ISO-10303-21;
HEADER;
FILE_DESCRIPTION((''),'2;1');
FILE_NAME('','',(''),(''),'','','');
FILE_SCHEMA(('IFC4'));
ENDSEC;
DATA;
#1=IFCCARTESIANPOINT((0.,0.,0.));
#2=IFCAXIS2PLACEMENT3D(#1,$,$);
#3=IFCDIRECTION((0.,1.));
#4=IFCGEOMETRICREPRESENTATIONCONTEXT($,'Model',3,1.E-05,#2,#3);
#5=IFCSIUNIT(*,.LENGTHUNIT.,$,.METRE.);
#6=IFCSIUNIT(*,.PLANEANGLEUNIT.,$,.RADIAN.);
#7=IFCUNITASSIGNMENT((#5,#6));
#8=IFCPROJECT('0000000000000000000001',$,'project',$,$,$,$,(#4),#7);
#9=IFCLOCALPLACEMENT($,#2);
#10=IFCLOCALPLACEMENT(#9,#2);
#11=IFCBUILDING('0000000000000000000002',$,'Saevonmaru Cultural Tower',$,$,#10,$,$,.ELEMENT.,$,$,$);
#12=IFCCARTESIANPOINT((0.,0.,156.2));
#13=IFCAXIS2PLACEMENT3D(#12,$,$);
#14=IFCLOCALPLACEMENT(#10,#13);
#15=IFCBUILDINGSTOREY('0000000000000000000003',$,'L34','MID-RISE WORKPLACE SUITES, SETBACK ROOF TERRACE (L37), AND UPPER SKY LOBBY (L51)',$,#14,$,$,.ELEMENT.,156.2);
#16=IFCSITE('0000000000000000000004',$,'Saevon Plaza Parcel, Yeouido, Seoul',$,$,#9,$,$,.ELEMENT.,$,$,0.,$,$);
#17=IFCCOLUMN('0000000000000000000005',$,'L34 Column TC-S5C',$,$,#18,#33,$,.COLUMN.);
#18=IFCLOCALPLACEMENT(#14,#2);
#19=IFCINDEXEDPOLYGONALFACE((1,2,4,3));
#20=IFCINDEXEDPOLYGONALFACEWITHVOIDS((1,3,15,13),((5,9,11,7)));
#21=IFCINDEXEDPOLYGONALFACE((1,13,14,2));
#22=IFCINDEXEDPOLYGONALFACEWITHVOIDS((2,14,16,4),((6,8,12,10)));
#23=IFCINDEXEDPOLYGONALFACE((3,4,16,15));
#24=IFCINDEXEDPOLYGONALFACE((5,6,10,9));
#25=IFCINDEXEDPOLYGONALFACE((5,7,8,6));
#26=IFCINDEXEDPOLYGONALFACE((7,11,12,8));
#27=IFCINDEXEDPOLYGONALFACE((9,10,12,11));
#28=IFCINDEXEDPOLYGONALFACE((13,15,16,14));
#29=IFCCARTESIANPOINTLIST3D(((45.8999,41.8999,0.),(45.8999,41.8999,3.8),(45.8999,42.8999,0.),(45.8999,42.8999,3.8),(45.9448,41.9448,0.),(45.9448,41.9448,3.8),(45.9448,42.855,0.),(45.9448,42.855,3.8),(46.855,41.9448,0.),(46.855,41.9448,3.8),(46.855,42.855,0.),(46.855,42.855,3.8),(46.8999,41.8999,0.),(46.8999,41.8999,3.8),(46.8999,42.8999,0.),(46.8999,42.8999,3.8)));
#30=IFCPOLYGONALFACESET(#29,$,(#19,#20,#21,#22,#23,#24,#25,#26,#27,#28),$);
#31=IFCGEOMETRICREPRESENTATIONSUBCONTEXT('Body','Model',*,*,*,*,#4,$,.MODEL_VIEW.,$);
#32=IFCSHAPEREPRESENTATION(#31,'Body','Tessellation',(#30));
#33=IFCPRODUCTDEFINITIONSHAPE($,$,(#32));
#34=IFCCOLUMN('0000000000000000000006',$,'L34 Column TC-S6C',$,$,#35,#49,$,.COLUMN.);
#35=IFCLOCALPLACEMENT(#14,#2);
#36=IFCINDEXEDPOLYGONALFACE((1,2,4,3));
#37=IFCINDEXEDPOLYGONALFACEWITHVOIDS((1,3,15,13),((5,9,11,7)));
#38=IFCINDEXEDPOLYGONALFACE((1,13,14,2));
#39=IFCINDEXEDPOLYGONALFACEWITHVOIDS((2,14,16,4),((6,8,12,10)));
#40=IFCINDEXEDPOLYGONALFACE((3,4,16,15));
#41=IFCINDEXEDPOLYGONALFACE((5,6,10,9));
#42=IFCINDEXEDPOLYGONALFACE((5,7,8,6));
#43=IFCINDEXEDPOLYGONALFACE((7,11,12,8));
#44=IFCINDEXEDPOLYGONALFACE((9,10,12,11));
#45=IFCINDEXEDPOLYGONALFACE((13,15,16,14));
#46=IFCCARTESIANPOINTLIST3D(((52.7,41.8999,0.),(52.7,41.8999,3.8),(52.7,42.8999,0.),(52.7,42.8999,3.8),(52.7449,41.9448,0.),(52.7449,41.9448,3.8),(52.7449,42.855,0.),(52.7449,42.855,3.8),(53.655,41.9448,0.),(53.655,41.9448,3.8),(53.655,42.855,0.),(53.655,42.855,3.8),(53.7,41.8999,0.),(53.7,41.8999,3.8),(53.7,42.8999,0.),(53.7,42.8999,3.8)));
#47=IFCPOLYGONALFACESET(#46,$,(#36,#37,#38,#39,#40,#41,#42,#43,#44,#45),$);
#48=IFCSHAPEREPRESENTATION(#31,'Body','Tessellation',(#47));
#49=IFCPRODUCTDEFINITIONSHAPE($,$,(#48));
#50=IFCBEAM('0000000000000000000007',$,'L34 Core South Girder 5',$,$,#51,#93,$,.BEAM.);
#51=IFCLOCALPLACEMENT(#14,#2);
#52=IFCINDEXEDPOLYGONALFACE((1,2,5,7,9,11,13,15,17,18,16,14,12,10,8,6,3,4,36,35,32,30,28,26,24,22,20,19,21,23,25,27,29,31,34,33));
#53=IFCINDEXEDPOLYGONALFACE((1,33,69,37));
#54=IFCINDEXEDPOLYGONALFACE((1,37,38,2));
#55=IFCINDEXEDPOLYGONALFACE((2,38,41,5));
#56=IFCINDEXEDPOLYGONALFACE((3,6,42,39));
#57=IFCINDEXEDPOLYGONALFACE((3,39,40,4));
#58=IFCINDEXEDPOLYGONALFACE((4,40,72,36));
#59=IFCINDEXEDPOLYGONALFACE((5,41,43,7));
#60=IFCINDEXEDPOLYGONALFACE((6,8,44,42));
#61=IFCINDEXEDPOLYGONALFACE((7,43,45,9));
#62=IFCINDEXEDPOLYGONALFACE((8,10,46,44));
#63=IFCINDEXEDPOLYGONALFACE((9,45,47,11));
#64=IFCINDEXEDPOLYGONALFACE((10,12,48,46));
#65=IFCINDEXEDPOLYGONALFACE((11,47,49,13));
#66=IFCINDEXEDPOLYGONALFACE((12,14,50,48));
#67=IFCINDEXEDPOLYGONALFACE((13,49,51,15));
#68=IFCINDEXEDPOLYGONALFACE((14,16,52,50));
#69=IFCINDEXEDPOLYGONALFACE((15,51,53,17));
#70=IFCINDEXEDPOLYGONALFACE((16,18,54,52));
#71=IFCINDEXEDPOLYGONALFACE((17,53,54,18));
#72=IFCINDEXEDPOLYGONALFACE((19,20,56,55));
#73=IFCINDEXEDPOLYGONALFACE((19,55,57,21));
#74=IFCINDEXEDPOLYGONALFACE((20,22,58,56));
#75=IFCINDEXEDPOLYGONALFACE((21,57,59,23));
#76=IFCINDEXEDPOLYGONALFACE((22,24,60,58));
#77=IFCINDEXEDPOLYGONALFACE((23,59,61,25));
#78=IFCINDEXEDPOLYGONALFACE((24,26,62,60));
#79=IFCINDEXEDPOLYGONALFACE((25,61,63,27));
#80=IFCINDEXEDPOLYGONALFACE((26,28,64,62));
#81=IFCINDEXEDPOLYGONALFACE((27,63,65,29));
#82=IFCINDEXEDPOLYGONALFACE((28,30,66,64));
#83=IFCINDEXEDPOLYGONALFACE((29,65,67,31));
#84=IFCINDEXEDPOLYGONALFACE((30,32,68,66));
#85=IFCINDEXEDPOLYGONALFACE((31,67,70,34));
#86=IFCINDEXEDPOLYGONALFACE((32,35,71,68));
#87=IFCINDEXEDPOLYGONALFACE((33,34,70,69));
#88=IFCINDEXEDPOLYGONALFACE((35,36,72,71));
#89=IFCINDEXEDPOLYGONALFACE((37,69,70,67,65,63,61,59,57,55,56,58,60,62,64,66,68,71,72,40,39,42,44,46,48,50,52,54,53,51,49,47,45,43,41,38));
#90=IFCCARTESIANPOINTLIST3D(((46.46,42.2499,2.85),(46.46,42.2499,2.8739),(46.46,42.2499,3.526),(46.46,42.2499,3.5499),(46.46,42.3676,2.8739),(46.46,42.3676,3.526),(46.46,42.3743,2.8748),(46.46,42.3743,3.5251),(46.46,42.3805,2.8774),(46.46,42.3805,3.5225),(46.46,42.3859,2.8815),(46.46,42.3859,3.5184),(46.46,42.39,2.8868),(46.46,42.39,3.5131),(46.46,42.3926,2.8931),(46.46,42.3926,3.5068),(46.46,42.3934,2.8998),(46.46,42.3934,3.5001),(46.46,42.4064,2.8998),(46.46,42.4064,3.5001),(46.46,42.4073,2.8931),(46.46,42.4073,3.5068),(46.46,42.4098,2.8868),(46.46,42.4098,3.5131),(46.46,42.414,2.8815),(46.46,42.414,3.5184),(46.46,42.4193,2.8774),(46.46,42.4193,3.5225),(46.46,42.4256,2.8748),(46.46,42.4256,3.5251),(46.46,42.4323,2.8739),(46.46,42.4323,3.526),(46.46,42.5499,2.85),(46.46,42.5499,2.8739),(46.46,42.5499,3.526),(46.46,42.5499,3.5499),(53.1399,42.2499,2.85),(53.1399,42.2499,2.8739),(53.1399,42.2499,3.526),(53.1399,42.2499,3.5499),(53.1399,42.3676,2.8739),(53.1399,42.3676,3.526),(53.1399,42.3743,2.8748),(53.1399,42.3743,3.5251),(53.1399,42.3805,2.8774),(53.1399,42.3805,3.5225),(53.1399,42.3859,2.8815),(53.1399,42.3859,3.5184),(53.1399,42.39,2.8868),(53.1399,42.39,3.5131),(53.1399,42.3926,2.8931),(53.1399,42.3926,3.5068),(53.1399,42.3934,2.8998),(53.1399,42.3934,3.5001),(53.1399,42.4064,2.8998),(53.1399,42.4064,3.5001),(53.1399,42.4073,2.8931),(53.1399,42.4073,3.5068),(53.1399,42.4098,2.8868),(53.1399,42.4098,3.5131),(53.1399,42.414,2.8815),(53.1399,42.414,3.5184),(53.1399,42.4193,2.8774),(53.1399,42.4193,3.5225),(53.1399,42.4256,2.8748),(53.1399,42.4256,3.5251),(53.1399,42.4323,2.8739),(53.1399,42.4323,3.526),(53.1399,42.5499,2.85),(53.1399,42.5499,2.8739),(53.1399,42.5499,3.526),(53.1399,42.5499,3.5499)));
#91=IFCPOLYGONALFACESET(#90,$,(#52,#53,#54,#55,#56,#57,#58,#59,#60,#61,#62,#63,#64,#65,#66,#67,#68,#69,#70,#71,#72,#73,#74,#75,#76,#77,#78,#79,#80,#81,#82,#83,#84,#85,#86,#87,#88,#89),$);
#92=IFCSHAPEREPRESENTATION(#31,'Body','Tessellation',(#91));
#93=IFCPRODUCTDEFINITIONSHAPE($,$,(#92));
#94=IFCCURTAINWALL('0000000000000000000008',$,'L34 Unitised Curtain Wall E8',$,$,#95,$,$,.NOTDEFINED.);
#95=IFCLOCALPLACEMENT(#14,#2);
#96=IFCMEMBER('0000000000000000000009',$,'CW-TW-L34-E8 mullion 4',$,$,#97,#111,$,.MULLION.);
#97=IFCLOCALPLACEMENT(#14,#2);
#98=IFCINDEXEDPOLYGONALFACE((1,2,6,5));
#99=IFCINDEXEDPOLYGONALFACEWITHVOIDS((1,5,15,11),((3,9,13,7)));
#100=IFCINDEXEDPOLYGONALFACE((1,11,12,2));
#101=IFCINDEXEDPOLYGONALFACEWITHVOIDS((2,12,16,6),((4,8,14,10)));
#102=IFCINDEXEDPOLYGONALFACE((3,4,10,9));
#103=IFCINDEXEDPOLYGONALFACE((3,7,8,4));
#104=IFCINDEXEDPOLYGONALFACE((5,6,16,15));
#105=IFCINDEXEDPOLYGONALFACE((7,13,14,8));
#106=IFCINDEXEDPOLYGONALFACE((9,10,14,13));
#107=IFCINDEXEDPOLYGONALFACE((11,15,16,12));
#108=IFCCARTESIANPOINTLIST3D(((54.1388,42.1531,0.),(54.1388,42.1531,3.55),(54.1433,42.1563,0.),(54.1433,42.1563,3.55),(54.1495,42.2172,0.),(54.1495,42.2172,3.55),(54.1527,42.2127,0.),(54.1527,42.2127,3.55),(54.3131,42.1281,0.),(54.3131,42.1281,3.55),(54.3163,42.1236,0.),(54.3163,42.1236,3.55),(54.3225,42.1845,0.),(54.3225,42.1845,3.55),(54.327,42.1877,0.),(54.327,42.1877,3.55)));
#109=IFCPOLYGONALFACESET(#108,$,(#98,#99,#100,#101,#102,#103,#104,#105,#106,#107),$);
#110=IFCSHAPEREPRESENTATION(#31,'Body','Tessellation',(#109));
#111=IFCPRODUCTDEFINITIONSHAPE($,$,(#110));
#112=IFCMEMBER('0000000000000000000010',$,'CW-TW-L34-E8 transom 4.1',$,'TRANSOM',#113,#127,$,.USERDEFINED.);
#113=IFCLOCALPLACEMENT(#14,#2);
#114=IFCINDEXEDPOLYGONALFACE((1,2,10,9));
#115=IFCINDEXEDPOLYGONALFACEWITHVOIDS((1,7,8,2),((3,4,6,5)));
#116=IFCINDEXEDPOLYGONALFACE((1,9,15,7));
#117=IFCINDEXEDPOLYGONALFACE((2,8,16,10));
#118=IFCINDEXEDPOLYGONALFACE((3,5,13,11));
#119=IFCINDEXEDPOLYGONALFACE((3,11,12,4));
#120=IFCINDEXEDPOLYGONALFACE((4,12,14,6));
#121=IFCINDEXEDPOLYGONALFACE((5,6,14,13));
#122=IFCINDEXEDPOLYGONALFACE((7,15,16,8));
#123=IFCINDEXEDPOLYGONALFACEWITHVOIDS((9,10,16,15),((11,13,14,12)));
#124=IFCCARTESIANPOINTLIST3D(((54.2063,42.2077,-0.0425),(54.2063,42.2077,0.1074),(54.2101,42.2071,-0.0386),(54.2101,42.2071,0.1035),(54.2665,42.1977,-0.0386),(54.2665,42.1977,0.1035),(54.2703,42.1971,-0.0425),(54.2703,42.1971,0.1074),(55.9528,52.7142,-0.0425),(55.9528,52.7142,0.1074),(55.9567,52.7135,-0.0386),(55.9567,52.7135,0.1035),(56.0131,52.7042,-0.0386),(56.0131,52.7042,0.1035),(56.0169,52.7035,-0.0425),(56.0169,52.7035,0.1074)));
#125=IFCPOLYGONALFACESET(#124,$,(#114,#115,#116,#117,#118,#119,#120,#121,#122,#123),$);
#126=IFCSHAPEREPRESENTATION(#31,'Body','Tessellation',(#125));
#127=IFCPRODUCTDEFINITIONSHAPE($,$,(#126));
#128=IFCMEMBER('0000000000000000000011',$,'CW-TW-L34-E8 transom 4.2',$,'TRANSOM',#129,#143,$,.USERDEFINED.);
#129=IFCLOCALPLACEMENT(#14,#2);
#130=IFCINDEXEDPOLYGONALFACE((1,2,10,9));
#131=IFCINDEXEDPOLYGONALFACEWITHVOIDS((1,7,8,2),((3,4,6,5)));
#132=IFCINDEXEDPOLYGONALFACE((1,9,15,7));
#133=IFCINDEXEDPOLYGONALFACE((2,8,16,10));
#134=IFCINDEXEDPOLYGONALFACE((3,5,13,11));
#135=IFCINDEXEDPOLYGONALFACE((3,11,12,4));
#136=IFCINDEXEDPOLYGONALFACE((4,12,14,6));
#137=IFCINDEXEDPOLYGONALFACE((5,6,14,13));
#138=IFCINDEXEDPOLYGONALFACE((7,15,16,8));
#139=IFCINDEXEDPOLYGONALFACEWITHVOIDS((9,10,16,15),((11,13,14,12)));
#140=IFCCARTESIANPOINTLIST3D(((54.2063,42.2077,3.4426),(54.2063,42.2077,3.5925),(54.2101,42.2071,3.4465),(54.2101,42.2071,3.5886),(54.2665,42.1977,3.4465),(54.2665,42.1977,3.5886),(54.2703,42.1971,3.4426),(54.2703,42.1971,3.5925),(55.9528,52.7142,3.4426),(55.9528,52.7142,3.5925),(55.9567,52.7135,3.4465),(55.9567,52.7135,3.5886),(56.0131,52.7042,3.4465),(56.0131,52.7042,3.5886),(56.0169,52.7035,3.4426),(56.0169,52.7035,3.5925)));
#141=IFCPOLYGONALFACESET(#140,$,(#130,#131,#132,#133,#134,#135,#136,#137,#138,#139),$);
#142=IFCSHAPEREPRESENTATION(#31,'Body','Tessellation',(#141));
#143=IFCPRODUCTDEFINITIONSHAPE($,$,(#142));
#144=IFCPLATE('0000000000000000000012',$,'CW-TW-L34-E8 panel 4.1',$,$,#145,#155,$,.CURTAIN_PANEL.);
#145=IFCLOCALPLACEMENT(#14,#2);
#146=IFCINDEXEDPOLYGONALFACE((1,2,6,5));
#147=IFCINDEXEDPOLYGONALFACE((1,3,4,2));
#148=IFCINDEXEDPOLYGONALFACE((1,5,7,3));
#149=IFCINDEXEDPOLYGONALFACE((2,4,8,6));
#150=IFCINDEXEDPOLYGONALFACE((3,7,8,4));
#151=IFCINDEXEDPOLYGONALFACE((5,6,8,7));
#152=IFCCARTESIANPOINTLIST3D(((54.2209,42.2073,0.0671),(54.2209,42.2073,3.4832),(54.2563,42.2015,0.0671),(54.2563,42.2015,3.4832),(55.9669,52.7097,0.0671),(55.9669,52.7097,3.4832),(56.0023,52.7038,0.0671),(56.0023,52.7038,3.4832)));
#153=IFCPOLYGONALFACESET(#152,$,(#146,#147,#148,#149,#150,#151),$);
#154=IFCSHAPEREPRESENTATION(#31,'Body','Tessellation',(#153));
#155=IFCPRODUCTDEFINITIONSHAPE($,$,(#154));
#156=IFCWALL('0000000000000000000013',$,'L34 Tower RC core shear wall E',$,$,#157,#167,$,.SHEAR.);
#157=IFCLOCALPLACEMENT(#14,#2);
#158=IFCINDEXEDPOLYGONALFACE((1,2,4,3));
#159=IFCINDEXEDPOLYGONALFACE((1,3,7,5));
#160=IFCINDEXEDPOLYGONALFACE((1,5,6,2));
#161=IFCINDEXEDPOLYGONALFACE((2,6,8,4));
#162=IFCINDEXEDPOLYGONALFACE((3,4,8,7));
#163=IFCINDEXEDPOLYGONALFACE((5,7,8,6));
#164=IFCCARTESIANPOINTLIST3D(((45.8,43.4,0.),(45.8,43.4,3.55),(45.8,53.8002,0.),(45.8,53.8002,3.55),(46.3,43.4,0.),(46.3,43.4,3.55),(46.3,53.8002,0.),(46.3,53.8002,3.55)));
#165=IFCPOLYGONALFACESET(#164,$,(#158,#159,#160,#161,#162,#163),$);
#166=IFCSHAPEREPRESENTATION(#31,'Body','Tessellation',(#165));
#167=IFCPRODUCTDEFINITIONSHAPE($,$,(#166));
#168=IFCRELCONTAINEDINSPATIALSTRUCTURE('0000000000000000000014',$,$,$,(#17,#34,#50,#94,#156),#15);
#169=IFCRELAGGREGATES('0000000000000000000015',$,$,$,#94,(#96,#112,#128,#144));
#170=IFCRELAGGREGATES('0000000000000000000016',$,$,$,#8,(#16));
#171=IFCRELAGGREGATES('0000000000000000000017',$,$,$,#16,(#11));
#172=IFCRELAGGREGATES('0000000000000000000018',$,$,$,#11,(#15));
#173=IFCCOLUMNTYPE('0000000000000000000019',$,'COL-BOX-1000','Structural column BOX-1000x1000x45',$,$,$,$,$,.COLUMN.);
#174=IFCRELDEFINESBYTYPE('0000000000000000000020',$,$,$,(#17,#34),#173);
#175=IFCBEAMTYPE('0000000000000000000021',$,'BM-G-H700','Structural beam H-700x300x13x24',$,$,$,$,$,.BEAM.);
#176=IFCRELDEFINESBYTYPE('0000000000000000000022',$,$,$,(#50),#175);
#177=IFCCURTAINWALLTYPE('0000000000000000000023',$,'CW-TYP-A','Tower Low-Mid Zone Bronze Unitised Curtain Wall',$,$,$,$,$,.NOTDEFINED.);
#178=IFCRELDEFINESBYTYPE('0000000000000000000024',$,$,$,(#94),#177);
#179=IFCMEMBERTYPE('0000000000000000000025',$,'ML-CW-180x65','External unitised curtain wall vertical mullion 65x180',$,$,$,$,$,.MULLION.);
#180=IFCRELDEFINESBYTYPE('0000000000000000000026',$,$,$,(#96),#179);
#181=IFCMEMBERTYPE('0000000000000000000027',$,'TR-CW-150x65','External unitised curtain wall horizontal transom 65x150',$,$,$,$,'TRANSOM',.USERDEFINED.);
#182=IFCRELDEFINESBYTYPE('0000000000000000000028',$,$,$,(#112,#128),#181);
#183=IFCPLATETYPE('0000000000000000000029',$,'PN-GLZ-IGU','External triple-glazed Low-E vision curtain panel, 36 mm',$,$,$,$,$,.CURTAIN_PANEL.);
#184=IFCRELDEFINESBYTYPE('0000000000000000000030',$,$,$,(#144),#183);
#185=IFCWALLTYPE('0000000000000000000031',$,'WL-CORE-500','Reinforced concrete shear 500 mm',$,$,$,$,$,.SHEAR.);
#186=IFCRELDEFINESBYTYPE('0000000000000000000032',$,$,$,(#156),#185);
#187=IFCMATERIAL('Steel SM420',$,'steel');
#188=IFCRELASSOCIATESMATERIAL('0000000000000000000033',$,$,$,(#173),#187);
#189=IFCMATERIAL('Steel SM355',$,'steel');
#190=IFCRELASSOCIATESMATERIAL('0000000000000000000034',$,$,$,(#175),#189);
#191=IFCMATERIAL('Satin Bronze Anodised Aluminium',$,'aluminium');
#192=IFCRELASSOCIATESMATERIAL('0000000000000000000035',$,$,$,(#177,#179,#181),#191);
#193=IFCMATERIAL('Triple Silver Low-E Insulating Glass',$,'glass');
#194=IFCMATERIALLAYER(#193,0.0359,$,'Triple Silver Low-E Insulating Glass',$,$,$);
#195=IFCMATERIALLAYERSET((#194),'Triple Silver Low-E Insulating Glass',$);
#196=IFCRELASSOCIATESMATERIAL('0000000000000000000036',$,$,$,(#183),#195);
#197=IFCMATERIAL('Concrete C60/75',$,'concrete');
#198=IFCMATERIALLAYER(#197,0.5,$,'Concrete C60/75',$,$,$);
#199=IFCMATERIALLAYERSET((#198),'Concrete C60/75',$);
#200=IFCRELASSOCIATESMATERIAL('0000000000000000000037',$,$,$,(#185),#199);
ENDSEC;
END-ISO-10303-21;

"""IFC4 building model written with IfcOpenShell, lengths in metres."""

from ifc_helpers import new_model, si_unit, direction, frame, frame_2d, origin, origin_2d, place, context, subcontext, project, spatial, rectangle, hollow_rectangle, i_section, extrude, material, layer, layer_set, material_profile, profile_set, type_object, element, aggregate, save


model = new_model("IFC4")

# Units and contexts
model_context = context("Model", 3, precision=1e-05, world=origin(), true_north=direction((0.0, 1.0)))
body_context = subcontext(model_context, "Body", "Model", "MODEL_VIEW")
ifc_project = project(units=[si_unit("LENGTHUNIT", "METRE"), si_unit("PLANEANGLEUNIT", "RADIAN")], contexts=[model_context])

# Site, building, storey
site_placement = place(None, origin())
site = spatial("IfcSite", under=ifc_project, at=site_placement, Name="Saevon Plaza Parcel, Yeouido, Seoul", CompositionType="ELEMENT", RefElevation=0.0)
building_placement = place(site_placement, origin())
building = spatial("IfcBuilding", under=site, at=building_placement, Name="Saevonmaru Cultural Tower", CompositionType="ELEMENT")
storey_placement = place(building_placement, frame((0.0, 0.0, 156.2)))
storey = spatial("IfcBuildingStorey", under=building, at=storey_placement, Name="L34", Description="MID-RISE WORKPLACE SUITES, SETBACK ROOF TERRACE (L37), AND UPPER SKY LOBBY (L51)", CompositionType="ELEMENT", Elevation=156.2)

# Columns
ifc_material_1 = material(Name="Steel SM420", Category="steel")
ifc_material_profile_1 = material_profile(ifc_material_1, hollow_rectangle(XDim=1.0, YDim=1.0, WallThickness=0.0449, at=origin_2d()), Name="BOX-1000x1000x45")
ifc_profile_set_1 = profile_set([ifc_material_profile_1], Name="Steel SM420")
column_type = type_object("IfcColumnType", Name="COL-BOX-1000", Description="Structural column BOX-1000x1000x45", PredefinedType="COLUMN", material=ifc_profile_set_1)
for number, where, z_axis, x_axis, name in (
    (1, (46.3999, 42.3999, 0.0), (0.0, 0.0, 1.0), (1.0, 0.0, 0.0), "L34 Column TC-S5C"),
    (2, (53.2, 42.3999, 0.0), (0.0, 0.0, 1.0), (1.0, 0.0, 0.0), "L34 Column TC-S6C"),
):
    element("IfcColumn", number, at=place(storey_placement, frame(where, z_axis=z_axis, x_axis=x_axis)), inside=storey, type_object=column_type, Name=name, PredefinedType="COLUMN", context=body_context, shape_type="SweptSolid", body=[
        extrude(hollow_rectangle(XDim=1.0, YDim=1.0, WallThickness=0.0449, at=origin_2d()), origin(), (0.0, 0.0, 1.0), 3.8),
    ])

# Beam
ifc_material_2 = material(Name="Steel SM355", Category="steel")
ifc_material_profile_2 = material_profile(ifc_material_2, i_section(OverallWidth=0.3, OverallDepth=0.7, WebThickness=0.0129, FlangeThickness=0.0239, FilletRadius=0.0259, at=origin_2d()), Name="H-700x300x13x24")
ifc_profile_set_2 = profile_set([ifc_material_profile_2], Name="Steel SM355")
beam_type = type_object("IfcBeamType", Name="BM-G-H700", Description="Structural beam H-700x300x13x24", PredefinedType="BEAM", material=ifc_profile_set_2)
beam_placement = place(storey_placement, frame((46.46, 42.3999, 3.2), z_axis=(1.0, 0.0, 0.0), x_axis=(0.0, 1.0, 0.0)))
element("IfcBeam", 3, at=beam_placement, inside=storey, type_object=beam_type, Name="L34 Core South Girder 5", PredefinedType="BEAM", context=body_context, shape_type="SweptSolid", body=[
    extrude(i_section(OverallWidth=0.3, OverallDepth=0.7, WebThickness=0.0129, FlangeThickness=0.0239, FilletRadius=0.0259, at=origin_2d()), origin(), (0.0, 0.0, 1.0), 6.6799),
])

# Curtain wall, members, plate
ifc_material_3 = material(Name="Satin Bronze Anodised Aluminium", Category="aluminium")
curtain_wall_type = type_object("IfcCurtainWallType", Name="CW-TYP-A", Description="Tower Low-Mid Zone Bronze Unitised Curtain Wall", PredefinedType="NOTDEFINED", material=ifc_material_3)
curtain_wall_placement = place(storey_placement, origin())
curtain_wall = element("IfcCurtainWall", 4, at=curtain_wall_placement, inside=storey, type_object=curtain_wall_type, Name="L34 Unitised Curtain Wall E8", PredefinedType="NOTDEFINED")
ifc_material_profile_3 = material_profile(ifc_material_3, hollow_rectangle(XDim=0.0649, YDim=0.1799, WallThickness=0.0039, at=origin_2d()), Name="ALU-MULL-180x65x4")
ifc_profile_set_3 = profile_set([ifc_material_profile_3], Name="Satin Bronze Anodised Aluminium")
member_type_1 = type_object("IfcMemberType", Name="ML-CW-180x65", Description="External unitised curtain wall vertical mullion 65x180", PredefinedType="MULLION", material=ifc_profile_set_3)
member_1_placement = place(storey_placement, frame((54.2329, 42.1704, 0.0), z_axis=(0.0, 0.0, 1.0), x_axis=(0.163999, 0.986461, 0.0)))
member_1 = element("IfcMember", 5, at=member_1_placement, type_object=member_type_1, Name="CW-TW-L34-E8 mullion 4", PredefinedType="MULLION", context=body_context, shape_type="SweptSolid", body=[
    extrude(hollow_rectangle(XDim=0.0649, YDim=0.1799, WallThickness=0.0039, at=origin_2d()), origin(), (0.0, 0.0, 1.0), 3.55),
])
ifc_material_profile_4 = material_profile(ifc_material_3, hollow_rectangle(XDim=0.0649, YDim=0.1499, WallThickness=0.0039, at=origin_2d()), Name="ALU-TRAN-150x65x4")
ifc_profile_set_4 = profile_set([ifc_material_profile_4], Name="Satin Bronze Anodised Aluminium")
member_type_2 = type_object("IfcMemberType", Name="TR-CW-150x65", Description="External unitised curtain wall horizontal transom 65x150", ElementType="TRANSOM", PredefinedType="USERDEFINED", material=ifc_profile_set_4)
member_2_placement = place(storey_placement, frame((54.2383, 42.2024, 0.0325), z_axis=(0.16399, 0.986462, 0.0), x_axis=(-0.986462, 0.16399, 0.0)))
member_2 = element("IfcMember", 6, at=member_2_placement, type_object=member_type_2, Name="CW-TW-L34-E8 transom 4.1", ObjectType="TRANSOM", PredefinedType="USERDEFINED", context=body_context, shape_type="SweptSolid", body=[
    extrude(hollow_rectangle(XDim=0.0649, YDim=0.1499, WallThickness=0.0039, at=origin_2d()), origin(), (0.0, 0.0, 1.0), 10.6506),
])
member_3_placement = place(storey_placement, frame((54.2383, 42.2024, 3.5176), z_axis=(0.16399, 0.986462, 0.0), x_axis=(-0.986462, 0.16399, 0.0)))
member_3 = element("IfcMember", 7, at=member_3_placement, type_object=member_type_2, Name="CW-TW-L34-E8 transom 4.2", ObjectType="TRANSOM", PredefinedType="USERDEFINED", context=body_context, shape_type="SweptSolid", body=[
    extrude(hollow_rectangle(XDim=0.0649, YDim=0.1499, WallThickness=0.0039, at=origin_2d()), origin(), (0.0, 0.0, 1.0), 10.6506),
])
ifc_material_4 = material(Name="Triple Silver Low-E Insulating Glass", Category="glass")
ifc_layer_1 = layer(ifc_material_4, 0.0359, Name="Triple Silver Low-E Insulating Glass")
ifc_layer_set_1 = layer_set([ifc_layer_1], Name="Triple Silver Low-E Insulating Glass")
plate_type = type_object("IfcPlateType", Name="PN-GLZ-IGU", Description="External triple-glazed Low-E vision curtain panel, 36 mm", PredefinedType="CURTAIN_PANEL", material=ifc_layer_set_1)
plate_placement = place(storey_placement, frame((55.1116, 47.4556, 0.0671), z_axis=(0.0, 0.0, 1.0), x_axis=(0.163999, 0.986461, 0.0)))
plate = element("IfcPlate", 8, at=plate_placement, type_object=plate_type, Name="CW-TW-L34-E8 panel 4.1", PredefinedType="CURTAIN_PANEL", context=body_context, shape_type="SweptSolid", body=[
    extrude(rectangle(XDim=10.6465, YDim=0.0359, at=origin_2d()), origin(), (0.0, 0.0, 1.0), 3.416),
])
aggregate(curtain_wall, [member_1, member_2, member_3, plate])

# Wall
ifc_material_5 = material(Name="Concrete C60/75", Category="concrete")
ifc_layer_2 = layer(ifc_material_5, 0.5, Name="Concrete C60/75")
ifc_layer_set_2 = layer_set([ifc_layer_2], Name="Concrete C60/75")
wall_type_1 = type_object("IfcWallType", Name="WL-CORE-500", Description="Reinforced concrete shear 500 mm", PredefinedType="SHEAR", material=ifc_layer_set_2)
wall_1_placement = place(storey_placement, frame((46.05, 43.3999, 0.0), z_axis=(0.0, 0.0, 1.0), x_axis=(0.0, 1.0, 0.0)))
element("IfcWall", 9, at=wall_1_placement, inside=storey, type_object=wall_type_1, Name="L34 Tower RC core shear wall E", PredefinedType="SHEAR", context=body_context, shape_type="SweptSolid", body=[
    extrude(rectangle(XDim=10.4001, YDim=0.5, at=frame_2d((5.2002, 0.0))), origin(), (0.0, 0.0, 1.0), 3.55),
])

save(model, "model.ifc")
